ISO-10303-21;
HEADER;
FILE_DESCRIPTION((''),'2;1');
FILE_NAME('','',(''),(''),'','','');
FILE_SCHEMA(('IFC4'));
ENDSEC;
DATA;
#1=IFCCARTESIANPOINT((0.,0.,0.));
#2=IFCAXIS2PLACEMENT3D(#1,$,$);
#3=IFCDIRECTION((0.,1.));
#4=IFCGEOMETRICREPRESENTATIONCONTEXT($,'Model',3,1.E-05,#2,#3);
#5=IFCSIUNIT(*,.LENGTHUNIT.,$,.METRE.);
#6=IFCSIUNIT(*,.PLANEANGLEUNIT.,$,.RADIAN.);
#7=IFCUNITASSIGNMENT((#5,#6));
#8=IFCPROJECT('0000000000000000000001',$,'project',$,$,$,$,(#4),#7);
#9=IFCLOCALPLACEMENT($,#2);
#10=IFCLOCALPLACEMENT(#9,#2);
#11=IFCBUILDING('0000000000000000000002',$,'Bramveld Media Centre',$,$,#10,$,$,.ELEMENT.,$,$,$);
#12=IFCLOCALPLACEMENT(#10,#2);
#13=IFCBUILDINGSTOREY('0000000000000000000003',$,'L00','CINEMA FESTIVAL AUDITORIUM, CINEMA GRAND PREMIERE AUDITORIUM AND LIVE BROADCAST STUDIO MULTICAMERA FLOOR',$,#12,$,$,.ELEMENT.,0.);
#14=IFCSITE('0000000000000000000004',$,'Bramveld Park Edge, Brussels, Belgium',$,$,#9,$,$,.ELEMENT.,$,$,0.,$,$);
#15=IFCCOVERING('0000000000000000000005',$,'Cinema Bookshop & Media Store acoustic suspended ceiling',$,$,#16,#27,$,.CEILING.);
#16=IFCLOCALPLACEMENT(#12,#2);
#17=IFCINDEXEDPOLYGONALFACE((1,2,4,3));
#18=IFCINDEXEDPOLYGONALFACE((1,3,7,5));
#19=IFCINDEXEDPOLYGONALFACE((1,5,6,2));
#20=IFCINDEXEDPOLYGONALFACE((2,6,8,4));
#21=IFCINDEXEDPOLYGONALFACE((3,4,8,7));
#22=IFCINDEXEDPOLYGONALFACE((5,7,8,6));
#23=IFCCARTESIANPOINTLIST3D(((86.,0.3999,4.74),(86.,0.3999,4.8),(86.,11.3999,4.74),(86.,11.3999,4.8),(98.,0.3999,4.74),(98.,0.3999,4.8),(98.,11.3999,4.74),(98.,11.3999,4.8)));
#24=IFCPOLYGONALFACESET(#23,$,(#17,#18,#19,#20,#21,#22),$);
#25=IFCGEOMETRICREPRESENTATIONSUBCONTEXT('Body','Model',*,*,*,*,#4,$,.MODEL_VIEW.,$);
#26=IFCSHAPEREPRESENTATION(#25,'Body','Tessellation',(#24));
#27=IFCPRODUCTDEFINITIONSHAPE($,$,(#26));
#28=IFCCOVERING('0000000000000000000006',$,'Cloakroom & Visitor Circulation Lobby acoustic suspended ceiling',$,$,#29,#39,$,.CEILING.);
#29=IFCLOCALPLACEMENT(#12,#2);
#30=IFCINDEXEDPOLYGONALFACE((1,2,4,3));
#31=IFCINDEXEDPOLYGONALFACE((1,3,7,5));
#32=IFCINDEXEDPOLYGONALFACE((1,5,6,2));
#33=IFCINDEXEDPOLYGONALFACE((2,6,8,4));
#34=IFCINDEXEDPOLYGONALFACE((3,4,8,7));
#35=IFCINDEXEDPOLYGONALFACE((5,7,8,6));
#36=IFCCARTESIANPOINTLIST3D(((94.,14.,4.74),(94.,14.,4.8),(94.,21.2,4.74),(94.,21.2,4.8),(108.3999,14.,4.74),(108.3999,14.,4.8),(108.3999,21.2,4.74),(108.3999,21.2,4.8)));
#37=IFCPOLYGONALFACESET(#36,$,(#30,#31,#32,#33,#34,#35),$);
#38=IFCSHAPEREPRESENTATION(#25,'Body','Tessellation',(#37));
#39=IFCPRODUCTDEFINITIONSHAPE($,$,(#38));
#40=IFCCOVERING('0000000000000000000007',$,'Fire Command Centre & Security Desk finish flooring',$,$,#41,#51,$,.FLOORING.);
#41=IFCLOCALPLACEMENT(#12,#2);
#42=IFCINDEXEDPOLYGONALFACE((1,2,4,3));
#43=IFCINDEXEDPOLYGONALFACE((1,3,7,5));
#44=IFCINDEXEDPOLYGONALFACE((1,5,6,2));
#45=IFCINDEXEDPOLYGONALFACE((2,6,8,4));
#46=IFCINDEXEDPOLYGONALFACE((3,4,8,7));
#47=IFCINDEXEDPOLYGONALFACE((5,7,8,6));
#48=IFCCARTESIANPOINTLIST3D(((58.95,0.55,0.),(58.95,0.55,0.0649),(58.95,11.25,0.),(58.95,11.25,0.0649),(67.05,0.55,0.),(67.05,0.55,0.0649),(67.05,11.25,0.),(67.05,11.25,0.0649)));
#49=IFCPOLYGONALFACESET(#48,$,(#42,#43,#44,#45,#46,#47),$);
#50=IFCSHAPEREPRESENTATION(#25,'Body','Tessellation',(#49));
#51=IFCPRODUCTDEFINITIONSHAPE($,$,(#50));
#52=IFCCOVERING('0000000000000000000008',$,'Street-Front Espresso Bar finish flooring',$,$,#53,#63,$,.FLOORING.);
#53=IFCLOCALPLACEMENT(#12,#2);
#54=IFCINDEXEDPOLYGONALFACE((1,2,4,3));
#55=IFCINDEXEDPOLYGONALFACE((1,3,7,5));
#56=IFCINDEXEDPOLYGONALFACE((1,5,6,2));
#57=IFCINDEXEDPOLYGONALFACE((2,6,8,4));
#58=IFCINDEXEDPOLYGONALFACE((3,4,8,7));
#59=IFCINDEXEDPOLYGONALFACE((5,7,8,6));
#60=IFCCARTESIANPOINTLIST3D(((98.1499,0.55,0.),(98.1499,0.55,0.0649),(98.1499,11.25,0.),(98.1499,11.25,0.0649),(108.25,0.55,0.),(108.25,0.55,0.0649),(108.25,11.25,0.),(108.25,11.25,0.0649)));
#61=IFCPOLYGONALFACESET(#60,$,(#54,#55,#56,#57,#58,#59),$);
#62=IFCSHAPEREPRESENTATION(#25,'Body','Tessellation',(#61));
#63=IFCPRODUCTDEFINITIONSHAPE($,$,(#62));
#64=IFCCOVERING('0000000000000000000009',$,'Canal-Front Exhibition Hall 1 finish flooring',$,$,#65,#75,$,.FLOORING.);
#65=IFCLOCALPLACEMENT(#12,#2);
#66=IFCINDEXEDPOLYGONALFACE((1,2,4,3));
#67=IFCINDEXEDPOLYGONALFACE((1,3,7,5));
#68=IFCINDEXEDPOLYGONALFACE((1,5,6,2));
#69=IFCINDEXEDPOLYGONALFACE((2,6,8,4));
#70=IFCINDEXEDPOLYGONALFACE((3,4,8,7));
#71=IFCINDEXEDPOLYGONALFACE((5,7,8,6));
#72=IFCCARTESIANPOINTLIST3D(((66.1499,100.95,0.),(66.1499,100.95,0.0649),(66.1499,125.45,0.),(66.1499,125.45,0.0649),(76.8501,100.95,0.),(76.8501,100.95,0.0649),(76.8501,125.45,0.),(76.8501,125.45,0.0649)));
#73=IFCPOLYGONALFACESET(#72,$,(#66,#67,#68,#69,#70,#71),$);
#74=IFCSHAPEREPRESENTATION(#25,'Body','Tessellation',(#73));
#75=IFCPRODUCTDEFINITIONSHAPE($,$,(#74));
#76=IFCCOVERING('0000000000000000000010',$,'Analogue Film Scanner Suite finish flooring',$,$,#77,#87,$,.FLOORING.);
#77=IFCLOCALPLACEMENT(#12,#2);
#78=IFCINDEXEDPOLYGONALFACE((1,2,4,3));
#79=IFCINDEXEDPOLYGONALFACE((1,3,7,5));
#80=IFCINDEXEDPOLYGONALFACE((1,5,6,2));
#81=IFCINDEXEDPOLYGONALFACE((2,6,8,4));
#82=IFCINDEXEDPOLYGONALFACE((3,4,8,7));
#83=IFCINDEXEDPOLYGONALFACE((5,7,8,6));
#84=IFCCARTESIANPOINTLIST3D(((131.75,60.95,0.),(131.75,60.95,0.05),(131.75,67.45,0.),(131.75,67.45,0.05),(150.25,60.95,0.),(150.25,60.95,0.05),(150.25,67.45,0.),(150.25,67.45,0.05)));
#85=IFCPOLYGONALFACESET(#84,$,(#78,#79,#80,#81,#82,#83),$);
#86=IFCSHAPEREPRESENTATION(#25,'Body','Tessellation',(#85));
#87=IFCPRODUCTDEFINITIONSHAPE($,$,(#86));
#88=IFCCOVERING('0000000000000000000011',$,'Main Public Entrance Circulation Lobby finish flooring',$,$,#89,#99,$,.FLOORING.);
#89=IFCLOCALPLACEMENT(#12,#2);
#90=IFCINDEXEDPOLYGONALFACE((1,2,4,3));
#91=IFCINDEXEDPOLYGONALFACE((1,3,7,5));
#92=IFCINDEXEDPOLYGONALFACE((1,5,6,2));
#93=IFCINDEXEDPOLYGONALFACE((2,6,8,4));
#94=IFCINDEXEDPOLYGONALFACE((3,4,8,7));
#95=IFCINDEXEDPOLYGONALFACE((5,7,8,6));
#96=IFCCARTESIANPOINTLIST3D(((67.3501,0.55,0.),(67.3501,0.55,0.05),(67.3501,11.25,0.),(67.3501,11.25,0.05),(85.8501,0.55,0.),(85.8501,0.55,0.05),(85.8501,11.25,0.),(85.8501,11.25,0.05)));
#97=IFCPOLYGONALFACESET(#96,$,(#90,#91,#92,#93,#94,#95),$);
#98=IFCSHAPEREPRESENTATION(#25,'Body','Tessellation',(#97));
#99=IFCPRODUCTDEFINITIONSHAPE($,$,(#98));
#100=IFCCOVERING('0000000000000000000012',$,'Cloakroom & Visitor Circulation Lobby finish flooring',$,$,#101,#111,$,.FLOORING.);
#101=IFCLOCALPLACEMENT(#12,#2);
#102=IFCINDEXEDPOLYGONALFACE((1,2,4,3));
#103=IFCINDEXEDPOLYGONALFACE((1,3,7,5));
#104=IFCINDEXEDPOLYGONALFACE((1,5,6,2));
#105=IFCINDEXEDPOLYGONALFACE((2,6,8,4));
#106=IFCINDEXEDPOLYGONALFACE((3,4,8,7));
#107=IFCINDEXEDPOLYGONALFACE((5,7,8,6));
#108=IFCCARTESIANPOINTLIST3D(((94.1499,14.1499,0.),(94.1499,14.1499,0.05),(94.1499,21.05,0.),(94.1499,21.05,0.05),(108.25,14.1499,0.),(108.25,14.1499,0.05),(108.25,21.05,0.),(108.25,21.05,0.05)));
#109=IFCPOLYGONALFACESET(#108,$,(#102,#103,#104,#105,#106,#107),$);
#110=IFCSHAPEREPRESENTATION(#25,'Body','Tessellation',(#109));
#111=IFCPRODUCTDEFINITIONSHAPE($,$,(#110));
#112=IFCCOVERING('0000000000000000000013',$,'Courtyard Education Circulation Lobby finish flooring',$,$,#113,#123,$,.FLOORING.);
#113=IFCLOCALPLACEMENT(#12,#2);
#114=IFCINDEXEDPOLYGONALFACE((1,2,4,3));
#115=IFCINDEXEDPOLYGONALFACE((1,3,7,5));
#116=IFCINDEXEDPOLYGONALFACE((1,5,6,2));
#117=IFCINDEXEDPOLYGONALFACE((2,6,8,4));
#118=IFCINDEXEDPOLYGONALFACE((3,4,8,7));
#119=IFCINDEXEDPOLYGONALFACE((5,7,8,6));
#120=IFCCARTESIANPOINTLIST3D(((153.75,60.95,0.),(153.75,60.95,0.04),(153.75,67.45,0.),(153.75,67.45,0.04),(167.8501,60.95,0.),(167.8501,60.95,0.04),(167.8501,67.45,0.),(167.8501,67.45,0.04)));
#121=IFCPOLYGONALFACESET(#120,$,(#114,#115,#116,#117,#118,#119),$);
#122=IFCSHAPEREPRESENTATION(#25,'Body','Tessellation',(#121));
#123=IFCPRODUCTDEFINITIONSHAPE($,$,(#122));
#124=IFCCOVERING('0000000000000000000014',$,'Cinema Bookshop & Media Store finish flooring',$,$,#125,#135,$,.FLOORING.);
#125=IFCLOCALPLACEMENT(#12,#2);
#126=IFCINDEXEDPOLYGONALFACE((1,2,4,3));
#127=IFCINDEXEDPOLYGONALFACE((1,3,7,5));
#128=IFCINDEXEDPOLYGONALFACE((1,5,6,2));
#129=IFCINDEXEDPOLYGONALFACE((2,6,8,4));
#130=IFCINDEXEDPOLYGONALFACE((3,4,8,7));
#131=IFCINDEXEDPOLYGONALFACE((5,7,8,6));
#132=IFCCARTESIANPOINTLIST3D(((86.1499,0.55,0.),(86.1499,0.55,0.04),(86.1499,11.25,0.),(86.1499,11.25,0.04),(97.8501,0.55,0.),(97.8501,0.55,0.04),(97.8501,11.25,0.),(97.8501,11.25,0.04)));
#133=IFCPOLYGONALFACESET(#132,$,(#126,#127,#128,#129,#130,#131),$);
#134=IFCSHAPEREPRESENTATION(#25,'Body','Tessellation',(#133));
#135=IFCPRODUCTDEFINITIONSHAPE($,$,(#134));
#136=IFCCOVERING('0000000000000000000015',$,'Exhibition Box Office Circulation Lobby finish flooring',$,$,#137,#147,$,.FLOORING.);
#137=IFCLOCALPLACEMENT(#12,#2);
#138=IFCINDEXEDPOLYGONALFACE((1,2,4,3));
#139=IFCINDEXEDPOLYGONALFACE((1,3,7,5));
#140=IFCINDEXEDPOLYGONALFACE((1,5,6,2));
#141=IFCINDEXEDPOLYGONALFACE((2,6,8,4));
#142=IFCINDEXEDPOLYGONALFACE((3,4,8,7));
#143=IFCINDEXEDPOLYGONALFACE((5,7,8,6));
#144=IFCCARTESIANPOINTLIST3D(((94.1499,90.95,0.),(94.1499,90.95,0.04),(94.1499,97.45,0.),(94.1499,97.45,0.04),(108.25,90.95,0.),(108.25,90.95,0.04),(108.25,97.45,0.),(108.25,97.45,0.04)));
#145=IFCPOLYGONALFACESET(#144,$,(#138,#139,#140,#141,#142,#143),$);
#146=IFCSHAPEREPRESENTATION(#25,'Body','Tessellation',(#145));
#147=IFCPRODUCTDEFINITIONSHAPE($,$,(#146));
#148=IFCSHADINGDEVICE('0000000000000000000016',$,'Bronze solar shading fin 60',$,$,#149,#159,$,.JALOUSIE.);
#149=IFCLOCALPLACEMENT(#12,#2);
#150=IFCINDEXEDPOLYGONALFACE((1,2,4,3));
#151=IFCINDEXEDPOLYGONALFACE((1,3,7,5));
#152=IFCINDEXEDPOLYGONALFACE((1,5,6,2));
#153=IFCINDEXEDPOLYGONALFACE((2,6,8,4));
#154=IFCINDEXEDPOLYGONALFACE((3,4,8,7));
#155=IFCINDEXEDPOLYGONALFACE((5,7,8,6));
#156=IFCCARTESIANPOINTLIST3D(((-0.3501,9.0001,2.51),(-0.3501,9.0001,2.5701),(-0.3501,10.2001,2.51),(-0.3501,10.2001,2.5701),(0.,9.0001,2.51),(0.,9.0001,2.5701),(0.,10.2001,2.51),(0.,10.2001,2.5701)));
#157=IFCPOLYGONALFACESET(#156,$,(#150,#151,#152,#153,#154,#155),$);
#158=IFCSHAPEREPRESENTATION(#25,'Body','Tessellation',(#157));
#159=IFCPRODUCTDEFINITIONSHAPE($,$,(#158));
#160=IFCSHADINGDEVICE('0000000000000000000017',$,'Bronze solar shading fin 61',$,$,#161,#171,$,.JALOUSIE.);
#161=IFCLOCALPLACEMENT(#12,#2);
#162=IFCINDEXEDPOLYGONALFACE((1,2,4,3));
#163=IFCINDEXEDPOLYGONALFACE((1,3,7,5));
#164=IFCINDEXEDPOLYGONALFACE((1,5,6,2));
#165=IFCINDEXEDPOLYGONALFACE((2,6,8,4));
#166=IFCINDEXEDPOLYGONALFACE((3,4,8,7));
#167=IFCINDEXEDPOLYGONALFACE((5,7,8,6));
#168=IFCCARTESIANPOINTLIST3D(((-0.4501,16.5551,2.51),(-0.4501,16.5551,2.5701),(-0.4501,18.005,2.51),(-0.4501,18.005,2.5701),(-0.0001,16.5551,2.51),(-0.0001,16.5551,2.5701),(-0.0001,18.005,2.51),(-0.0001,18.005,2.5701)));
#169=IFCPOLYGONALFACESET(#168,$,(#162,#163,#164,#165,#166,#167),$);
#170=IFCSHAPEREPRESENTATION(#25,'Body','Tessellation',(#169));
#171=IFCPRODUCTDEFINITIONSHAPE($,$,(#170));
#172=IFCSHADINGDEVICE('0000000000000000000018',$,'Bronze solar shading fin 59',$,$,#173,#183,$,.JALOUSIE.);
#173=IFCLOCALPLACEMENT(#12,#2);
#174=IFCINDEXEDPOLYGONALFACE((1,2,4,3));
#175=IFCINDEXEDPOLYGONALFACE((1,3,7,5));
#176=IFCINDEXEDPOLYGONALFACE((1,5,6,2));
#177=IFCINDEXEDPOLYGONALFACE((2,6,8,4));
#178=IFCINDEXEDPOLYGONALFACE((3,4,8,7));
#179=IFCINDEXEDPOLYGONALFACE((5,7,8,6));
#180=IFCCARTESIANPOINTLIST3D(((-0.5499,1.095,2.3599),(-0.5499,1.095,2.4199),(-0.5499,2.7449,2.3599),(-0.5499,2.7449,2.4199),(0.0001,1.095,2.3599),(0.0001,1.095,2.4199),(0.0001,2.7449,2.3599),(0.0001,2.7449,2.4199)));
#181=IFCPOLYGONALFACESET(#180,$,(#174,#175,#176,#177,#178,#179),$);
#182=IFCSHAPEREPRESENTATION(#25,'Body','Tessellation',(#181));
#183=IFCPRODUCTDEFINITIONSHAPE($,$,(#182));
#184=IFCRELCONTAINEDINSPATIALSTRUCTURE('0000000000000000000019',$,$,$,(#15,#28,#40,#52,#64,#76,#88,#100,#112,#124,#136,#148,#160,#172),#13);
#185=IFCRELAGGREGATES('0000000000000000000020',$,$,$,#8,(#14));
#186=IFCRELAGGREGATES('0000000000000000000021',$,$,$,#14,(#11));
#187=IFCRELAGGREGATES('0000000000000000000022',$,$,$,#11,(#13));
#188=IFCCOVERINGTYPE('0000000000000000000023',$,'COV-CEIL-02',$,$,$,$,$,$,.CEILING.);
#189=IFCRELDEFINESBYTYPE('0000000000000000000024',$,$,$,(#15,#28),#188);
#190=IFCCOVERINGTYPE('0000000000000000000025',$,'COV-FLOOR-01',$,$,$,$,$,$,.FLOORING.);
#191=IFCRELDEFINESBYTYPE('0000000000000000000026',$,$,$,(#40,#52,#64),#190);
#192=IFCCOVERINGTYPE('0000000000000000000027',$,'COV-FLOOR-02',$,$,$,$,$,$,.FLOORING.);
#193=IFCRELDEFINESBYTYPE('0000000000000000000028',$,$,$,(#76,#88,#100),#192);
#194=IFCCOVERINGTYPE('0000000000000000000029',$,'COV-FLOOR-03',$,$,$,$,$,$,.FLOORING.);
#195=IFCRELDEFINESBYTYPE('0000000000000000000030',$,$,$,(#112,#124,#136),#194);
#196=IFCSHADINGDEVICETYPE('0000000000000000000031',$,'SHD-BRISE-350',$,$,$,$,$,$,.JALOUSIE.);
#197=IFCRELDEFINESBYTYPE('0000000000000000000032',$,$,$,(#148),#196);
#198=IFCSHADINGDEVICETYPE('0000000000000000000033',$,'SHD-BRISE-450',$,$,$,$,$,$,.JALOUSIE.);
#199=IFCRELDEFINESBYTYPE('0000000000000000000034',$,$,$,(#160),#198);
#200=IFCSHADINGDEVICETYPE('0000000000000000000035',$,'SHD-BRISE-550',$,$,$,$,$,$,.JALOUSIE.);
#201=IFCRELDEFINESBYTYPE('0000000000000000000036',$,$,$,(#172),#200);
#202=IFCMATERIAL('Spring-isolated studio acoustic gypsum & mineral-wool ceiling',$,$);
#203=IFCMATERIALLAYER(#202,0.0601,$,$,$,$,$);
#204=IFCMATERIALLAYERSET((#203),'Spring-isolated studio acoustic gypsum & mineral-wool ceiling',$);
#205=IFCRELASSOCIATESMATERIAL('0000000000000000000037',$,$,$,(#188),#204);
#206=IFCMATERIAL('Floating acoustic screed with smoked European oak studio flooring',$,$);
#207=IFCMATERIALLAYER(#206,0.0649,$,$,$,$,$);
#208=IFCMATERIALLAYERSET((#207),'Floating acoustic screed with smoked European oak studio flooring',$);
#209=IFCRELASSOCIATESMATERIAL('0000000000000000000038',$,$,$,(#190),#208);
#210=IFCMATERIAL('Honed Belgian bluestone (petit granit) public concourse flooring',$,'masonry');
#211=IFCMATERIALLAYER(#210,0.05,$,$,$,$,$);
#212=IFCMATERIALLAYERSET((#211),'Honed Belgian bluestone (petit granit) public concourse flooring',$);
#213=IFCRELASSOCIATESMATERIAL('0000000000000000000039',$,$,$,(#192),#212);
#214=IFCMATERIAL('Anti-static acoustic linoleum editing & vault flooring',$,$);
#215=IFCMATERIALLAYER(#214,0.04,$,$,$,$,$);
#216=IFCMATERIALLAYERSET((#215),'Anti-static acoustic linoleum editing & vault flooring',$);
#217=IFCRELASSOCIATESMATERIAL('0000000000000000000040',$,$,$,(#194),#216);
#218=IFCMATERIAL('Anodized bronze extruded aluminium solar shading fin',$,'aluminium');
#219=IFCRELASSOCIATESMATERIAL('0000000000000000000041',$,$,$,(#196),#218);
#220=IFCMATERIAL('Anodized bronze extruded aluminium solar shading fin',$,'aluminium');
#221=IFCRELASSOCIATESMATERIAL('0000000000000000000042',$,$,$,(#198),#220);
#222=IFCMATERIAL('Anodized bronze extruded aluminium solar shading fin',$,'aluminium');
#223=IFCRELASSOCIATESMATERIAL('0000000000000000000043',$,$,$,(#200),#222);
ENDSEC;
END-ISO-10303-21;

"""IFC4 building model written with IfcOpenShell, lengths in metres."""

from ifc_helpers import new_model, si_unit, direction, frame, origin, origin_2d, place, context, subcontext, project, spatial, polyline, rectangle, outline, extrude, material, layer, layer_set, type_object, element, save


model = new_model("IFC4")

# Units and contexts
model_context = context("Model", 3, precision=1e-05, world=origin(), true_north=direction((0.0, 1.0)))
body_context = subcontext(model_context, "Body", "Model", "MODEL_VIEW")
ifc_project = project(units=[si_unit("LENGTHUNIT", "METRE"), si_unit("PLANEANGLEUNIT", "RADIAN")], contexts=[model_context])

# Site, building, storey
site_placement = place(None, origin())
site = spatial("IfcSite", under=ifc_project, at=site_placement, Name="Bramveld Park Edge, Brussels, Belgium", CompositionType="ELEMENT", RefElevation=0.0)
building_placement = place(site_placement, origin())
building = spatial("IfcBuilding", under=site, at=building_placement, Name="Bramveld Media Centre", CompositionType="ELEMENT")
storey_placement = place(building_placement, origin())
storey = spatial("IfcBuildingStorey", under=building, at=storey_placement, Name="L00", Description="CINEMA FESTIVAL AUDITORIUM, CINEMA GRAND PREMIERE AUDITORIUM AND LIVE BROADCAST STUDIO MULTICAMERA FLOOR", CompositionType="ELEMENT", Elevation=0.0)

# Coverings
ifc_material_1 = material(Name="Spring-isolated studio acoustic gypsum & mineral-wool ceiling")
ifc_layer_1 = layer(ifc_material_1, 0.0601)
ifc_layer_set_1 = layer_set([ifc_layer_1], Name="Spring-isolated studio acoustic gypsum & mineral-wool ceiling")
covering_type_1 = type_object("IfcCoveringType", Name="COV-CEIL-02", PredefinedType="CEILING", material=ifc_layer_set_1)
covering_1_placement = place(storey_placement, frame((0.0, 0.0, 4.74)))
element("IfcCovering", 1, at=covering_1_placement, inside=storey, type_object=covering_type_1, Name="Cinema Bookshop & Media Store acoustic suspended ceiling", PredefinedType="CEILING", context=body_context, shape_type="SweptSolid", body=[
    extrude(outline(polyline([(86.0, 0.3999), (98.0, 0.3999), (98.0, 11.3999), (86.0, 11.3999), (86.0, 0.3999)])), origin(), (0.0, 0.0, 1.0), 0.0601),
])
covering_2_placement = place(storey_placement, frame((0.0, 0.0, 4.74)))
element("IfcCovering", 2, at=covering_2_placement, inside=storey, type_object=covering_type_1, Name="Cloakroom & Visitor Circulation Lobby acoustic suspended ceiling", PredefinedType="CEILING", context=body_context, shape_type="SweptSolid", body=[
    extrude(outline(polyline([(94.0, 14.0), (108.3999, 14.0), (108.3999, 21.2), (94.0, 21.2), (94.0, 14.0)])), origin(), (0.0, 0.0, 1.0), 0.0601),
])
ifc_material_2 = material(Name="Floating acoustic screed with smoked European oak studio flooring")
ifc_layer_2 = layer(ifc_material_2, 0.0649)
ifc_layer_set_2 = layer_set([ifc_layer_2], Name="Floating acoustic screed with smoked European oak studio flooring")
covering_type_2 = type_object("IfcCoveringType", Name="COV-FLOOR-01", PredefinedType="FLOORING", material=ifc_layer_set_2)
covering_3_placement = place(storey_placement, origin())
element("IfcCovering", 3, at=covering_3_placement, inside=storey, type_object=covering_type_2, Name="Fire Command Centre & Security Desk finish flooring", PredefinedType="FLOORING", context=body_context, shape_type="SweptSolid", body=[
    extrude(outline(polyline([(58.95, 0.55), (67.05, 0.55), (67.05, 11.25), (58.95, 11.25), (58.95, 0.55)])), origin(), (0.0, 0.0, 1.0), 0.0649),
])
covering_4_placement = place(storey_placement, origin())
element("IfcCovering", 4, at=covering_4_placement, inside=storey, type_object=covering_type_2, Name="Street-Front Espresso Bar finish flooring", PredefinedType="FLOORING", context=body_context, shape_type="SweptSolid", body=[
    extrude(outline(polyline([(98.1499, 0.55), (108.25, 0.55), (108.25, 11.25), (98.1499, 11.25), (98.1499, 0.55)])), origin(), (0.0, 0.0, 1.0), 0.0649),
])
covering_5_placement = place(storey_placement, origin())
element("IfcCovering", 5, at=covering_5_placement, inside=storey, type_object=covering_type_2, Name="Canal-Front Exhibition Hall 1 finish flooring", PredefinedType="FLOORING", context=body_context, shape_type="SweptSolid", body=[
    extrude(outline(polyline([(66.1499, 100.95), (76.8501, 100.95), (76.8501, 125.45), (66.1499, 125.45), (66.1499, 100.95)])), origin(), (0.0, 0.0, 1.0), 0.0649),
])
ifc_material_3 = material(Name="Honed Belgian bluestone (petit granit) public concourse flooring", Category="masonry")
ifc_layer_3 = layer(ifc_material_3, 0.05)
ifc_layer_set_3 = layer_set([ifc_layer_3], Name="Honed Belgian bluestone (petit granit) public concourse flooring")
covering_type_3 = type_object("IfcCoveringType", Name="COV-FLOOR-02", PredefinedType="FLOORING", material=ifc_layer_set_3)
covering_6_placement = place(storey_placement, origin())
element("IfcCovering", 6, at=covering_6_placement, inside=storey, type_object=covering_type_3, Name="Analogue Film Scanner Suite finish flooring", PredefinedType="FLOORING", context=body_context, shape_type="SweptSolid", body=[
    extrude(outline(polyline([(131.75, 60.95), (150.25, 60.95), (150.25, 67.45), (131.75, 67.45), (131.75, 60.95)])), origin(), (0.0, 0.0, 1.0), 0.05),
])
covering_7_placement = place(storey_placement, origin())
element("IfcCovering", 7, at=covering_7_placement, inside=storey, type_object=covering_type_3, Name="Main Public Entrance Circulation Lobby finish flooring", PredefinedType="FLOORING", context=body_context, shape_type="SweptSolid", body=[
    extrude(outline(polyline([(67.3501, 0.55), (85.8501, 0.55), (85.8501, 11.25), (67.3501, 11.25), (67.3501, 0.55)])), origin(), (0.0, 0.0, 1.0), 0.05),
])
covering_8_placement = place(storey_placement, origin())
element("IfcCovering", 8, at=covering_8_placement, inside=storey, type_object=covering_type_3, Name="Cloakroom & Visitor Circulation Lobby finish flooring", PredefinedType="FLOORING", context=body_context, shape_type="SweptSolid", body=[
    extrude(outline(polyline([(94.1499, 14.1499), (108.25, 14.1499), (108.25, 21.05), (94.1499, 21.05), (94.1499, 14.1499)])), origin(), (0.0, 0.0, 1.0), 0.05),
])
ifc_material_4 = material(Name="Anti-static acoustic linoleum editing & vault flooring")
ifc_layer_4 = layer(ifc_material_4, 0.04)
ifc_layer_set_4 = layer_set([ifc_layer_4], Name="Anti-static acoustic linoleum editing & vault flooring")
covering_type_4 = type_object("IfcCoveringType", Name="COV-FLOOR-03", PredefinedType="FLOORING", material=ifc_layer_set_4)
covering_9_placement = place(storey_placement, origin())
element("IfcCovering", 9, at=covering_9_placement, inside=storey, type_object=covering_type_4, Name="Courtyard Education Circulation Lobby finish flooring", PredefinedType="FLOORING", context=body_context, shape_type="SweptSolid", body=[
    extrude(outline(polyline([(153.75, 60.95), (167.8501, 60.95), (167.8501, 67.45), (153.75, 67.45), (153.75, 60.95)])), origin(), (0.0, 0.0, 1.0), 0.04),
])
covering_10_placement = place(storey_placement, origin())
element("IfcCovering", 10, at=covering_10_placement, inside=storey, type_object=covering_type_4, Name="Cinema Bookshop & Media Store finish flooring", PredefinedType="FLOORING", context=body_context, shape_type="SweptSolid", body=[
    extrude(outline(polyline([(86.1499, 0.55), (97.8501, 0.55), (97.8501, 11.25), (86.1499, 11.25), (86.1499, 0.55)])), origin(), (0.0, 0.0, 1.0), 0.04),
])
covering_11_placement = place(storey_placement, origin())
element("IfcCovering", 11, at=covering_11_placement, inside=storey, type_object=covering_type_4, Name="Exhibition Box Office Circulation Lobby finish flooring", PredefinedType="FLOORING", context=body_context, shape_type="SweptSolid", body=[
    extrude(outline(polyline([(94.1499, 90.95), (108.25, 90.95), (108.25, 97.45), (94.1499, 97.45), (94.1499, 90.95)])), origin(), (0.0, 0.0, 1.0), 0.04),
])

# Shading devices
ifc_material_5 = material(Name="Anodized bronze extruded aluminium solar shading fin", Category="aluminium")
shading_device_type_1 = type_object("IfcShadingDeviceType", Name="SHD-BRISE-350", PredefinedType="JALOUSIE", material=ifc_material_5)
shading_device_1_placement = place(storey_placement, frame((-0.175, 9.6001, 2.51), z_axis=(0.0, 0.0, 1.0), x_axis=(1.0, 0.0, 0.0)))
element("IfcShadingDevice", 12, at=shading_device_1_placement, inside=storey, type_object=shading_device_type_1, Name="Bronze solar shading fin 60", PredefinedType="JALOUSIE", context=body_context, shape_type="SweptSolid", body=[
    extrude(rectangle(XDim=0.3501, YDim=1.2, at=origin_2d()), origin(), (0.0, 0.0, 1.0), 0.0601),
])
ifc_material_6 = material(Name="Anodized bronze extruded aluminium solar shading fin", Category="aluminium")
shading_device_type_2 = type_object("IfcShadingDeviceType", Name="SHD-BRISE-450", PredefinedType="JALOUSIE", material=ifc_material_6)
shading_device_2_placement = place(storey_placement, frame((-0.2251, 17.28, 2.51), z_axis=(0.0, 0.0, 1.0), x_axis=(1.0, 0.0, 0.0)))
element("IfcShadingDevice", 13, at=shading_device_2_placement, inside=storey, type_object=shading_device_type_2, Name="Bronze solar shading fin 61", PredefinedType="JALOUSIE", context=body_context, shape_type="SweptSolid", body=[
    extrude(rectangle(XDim=0.45, YDim=1.45, at=origin_2d()), origin(), (0.0, 0.0, 1.0), 0.0601),
])
ifc_material_7 = material(Name="Anodized bronze extruded aluminium solar shading fin", Category="aluminium")
shading_device_type_3 = type_object("IfcShadingDeviceType", Name="SHD-BRISE-550", PredefinedType="JALOUSIE", material=ifc_material_7)
shading_device_3_placement = place(storey_placement, frame((-0.2749, 1.9199, 2.3599), z_axis=(0.0, 0.0, 1.0), x_axis=(1.0, 0.0, 0.0)))
element("IfcShadingDevice", 14, at=shading_device_3_placement, inside=storey, type_object=shading_device_type_3, Name="Bronze solar shading fin 59", PredefinedType="JALOUSIE", context=body_context, shape_type="SweptSolid", body=[
    extrude(rectangle(XDim=0.55, YDim=1.6499, at=origin_2d()), origin(), (0.0, 0.0, 1.0), 0.0601),
])

save(model, "model.ifc")
